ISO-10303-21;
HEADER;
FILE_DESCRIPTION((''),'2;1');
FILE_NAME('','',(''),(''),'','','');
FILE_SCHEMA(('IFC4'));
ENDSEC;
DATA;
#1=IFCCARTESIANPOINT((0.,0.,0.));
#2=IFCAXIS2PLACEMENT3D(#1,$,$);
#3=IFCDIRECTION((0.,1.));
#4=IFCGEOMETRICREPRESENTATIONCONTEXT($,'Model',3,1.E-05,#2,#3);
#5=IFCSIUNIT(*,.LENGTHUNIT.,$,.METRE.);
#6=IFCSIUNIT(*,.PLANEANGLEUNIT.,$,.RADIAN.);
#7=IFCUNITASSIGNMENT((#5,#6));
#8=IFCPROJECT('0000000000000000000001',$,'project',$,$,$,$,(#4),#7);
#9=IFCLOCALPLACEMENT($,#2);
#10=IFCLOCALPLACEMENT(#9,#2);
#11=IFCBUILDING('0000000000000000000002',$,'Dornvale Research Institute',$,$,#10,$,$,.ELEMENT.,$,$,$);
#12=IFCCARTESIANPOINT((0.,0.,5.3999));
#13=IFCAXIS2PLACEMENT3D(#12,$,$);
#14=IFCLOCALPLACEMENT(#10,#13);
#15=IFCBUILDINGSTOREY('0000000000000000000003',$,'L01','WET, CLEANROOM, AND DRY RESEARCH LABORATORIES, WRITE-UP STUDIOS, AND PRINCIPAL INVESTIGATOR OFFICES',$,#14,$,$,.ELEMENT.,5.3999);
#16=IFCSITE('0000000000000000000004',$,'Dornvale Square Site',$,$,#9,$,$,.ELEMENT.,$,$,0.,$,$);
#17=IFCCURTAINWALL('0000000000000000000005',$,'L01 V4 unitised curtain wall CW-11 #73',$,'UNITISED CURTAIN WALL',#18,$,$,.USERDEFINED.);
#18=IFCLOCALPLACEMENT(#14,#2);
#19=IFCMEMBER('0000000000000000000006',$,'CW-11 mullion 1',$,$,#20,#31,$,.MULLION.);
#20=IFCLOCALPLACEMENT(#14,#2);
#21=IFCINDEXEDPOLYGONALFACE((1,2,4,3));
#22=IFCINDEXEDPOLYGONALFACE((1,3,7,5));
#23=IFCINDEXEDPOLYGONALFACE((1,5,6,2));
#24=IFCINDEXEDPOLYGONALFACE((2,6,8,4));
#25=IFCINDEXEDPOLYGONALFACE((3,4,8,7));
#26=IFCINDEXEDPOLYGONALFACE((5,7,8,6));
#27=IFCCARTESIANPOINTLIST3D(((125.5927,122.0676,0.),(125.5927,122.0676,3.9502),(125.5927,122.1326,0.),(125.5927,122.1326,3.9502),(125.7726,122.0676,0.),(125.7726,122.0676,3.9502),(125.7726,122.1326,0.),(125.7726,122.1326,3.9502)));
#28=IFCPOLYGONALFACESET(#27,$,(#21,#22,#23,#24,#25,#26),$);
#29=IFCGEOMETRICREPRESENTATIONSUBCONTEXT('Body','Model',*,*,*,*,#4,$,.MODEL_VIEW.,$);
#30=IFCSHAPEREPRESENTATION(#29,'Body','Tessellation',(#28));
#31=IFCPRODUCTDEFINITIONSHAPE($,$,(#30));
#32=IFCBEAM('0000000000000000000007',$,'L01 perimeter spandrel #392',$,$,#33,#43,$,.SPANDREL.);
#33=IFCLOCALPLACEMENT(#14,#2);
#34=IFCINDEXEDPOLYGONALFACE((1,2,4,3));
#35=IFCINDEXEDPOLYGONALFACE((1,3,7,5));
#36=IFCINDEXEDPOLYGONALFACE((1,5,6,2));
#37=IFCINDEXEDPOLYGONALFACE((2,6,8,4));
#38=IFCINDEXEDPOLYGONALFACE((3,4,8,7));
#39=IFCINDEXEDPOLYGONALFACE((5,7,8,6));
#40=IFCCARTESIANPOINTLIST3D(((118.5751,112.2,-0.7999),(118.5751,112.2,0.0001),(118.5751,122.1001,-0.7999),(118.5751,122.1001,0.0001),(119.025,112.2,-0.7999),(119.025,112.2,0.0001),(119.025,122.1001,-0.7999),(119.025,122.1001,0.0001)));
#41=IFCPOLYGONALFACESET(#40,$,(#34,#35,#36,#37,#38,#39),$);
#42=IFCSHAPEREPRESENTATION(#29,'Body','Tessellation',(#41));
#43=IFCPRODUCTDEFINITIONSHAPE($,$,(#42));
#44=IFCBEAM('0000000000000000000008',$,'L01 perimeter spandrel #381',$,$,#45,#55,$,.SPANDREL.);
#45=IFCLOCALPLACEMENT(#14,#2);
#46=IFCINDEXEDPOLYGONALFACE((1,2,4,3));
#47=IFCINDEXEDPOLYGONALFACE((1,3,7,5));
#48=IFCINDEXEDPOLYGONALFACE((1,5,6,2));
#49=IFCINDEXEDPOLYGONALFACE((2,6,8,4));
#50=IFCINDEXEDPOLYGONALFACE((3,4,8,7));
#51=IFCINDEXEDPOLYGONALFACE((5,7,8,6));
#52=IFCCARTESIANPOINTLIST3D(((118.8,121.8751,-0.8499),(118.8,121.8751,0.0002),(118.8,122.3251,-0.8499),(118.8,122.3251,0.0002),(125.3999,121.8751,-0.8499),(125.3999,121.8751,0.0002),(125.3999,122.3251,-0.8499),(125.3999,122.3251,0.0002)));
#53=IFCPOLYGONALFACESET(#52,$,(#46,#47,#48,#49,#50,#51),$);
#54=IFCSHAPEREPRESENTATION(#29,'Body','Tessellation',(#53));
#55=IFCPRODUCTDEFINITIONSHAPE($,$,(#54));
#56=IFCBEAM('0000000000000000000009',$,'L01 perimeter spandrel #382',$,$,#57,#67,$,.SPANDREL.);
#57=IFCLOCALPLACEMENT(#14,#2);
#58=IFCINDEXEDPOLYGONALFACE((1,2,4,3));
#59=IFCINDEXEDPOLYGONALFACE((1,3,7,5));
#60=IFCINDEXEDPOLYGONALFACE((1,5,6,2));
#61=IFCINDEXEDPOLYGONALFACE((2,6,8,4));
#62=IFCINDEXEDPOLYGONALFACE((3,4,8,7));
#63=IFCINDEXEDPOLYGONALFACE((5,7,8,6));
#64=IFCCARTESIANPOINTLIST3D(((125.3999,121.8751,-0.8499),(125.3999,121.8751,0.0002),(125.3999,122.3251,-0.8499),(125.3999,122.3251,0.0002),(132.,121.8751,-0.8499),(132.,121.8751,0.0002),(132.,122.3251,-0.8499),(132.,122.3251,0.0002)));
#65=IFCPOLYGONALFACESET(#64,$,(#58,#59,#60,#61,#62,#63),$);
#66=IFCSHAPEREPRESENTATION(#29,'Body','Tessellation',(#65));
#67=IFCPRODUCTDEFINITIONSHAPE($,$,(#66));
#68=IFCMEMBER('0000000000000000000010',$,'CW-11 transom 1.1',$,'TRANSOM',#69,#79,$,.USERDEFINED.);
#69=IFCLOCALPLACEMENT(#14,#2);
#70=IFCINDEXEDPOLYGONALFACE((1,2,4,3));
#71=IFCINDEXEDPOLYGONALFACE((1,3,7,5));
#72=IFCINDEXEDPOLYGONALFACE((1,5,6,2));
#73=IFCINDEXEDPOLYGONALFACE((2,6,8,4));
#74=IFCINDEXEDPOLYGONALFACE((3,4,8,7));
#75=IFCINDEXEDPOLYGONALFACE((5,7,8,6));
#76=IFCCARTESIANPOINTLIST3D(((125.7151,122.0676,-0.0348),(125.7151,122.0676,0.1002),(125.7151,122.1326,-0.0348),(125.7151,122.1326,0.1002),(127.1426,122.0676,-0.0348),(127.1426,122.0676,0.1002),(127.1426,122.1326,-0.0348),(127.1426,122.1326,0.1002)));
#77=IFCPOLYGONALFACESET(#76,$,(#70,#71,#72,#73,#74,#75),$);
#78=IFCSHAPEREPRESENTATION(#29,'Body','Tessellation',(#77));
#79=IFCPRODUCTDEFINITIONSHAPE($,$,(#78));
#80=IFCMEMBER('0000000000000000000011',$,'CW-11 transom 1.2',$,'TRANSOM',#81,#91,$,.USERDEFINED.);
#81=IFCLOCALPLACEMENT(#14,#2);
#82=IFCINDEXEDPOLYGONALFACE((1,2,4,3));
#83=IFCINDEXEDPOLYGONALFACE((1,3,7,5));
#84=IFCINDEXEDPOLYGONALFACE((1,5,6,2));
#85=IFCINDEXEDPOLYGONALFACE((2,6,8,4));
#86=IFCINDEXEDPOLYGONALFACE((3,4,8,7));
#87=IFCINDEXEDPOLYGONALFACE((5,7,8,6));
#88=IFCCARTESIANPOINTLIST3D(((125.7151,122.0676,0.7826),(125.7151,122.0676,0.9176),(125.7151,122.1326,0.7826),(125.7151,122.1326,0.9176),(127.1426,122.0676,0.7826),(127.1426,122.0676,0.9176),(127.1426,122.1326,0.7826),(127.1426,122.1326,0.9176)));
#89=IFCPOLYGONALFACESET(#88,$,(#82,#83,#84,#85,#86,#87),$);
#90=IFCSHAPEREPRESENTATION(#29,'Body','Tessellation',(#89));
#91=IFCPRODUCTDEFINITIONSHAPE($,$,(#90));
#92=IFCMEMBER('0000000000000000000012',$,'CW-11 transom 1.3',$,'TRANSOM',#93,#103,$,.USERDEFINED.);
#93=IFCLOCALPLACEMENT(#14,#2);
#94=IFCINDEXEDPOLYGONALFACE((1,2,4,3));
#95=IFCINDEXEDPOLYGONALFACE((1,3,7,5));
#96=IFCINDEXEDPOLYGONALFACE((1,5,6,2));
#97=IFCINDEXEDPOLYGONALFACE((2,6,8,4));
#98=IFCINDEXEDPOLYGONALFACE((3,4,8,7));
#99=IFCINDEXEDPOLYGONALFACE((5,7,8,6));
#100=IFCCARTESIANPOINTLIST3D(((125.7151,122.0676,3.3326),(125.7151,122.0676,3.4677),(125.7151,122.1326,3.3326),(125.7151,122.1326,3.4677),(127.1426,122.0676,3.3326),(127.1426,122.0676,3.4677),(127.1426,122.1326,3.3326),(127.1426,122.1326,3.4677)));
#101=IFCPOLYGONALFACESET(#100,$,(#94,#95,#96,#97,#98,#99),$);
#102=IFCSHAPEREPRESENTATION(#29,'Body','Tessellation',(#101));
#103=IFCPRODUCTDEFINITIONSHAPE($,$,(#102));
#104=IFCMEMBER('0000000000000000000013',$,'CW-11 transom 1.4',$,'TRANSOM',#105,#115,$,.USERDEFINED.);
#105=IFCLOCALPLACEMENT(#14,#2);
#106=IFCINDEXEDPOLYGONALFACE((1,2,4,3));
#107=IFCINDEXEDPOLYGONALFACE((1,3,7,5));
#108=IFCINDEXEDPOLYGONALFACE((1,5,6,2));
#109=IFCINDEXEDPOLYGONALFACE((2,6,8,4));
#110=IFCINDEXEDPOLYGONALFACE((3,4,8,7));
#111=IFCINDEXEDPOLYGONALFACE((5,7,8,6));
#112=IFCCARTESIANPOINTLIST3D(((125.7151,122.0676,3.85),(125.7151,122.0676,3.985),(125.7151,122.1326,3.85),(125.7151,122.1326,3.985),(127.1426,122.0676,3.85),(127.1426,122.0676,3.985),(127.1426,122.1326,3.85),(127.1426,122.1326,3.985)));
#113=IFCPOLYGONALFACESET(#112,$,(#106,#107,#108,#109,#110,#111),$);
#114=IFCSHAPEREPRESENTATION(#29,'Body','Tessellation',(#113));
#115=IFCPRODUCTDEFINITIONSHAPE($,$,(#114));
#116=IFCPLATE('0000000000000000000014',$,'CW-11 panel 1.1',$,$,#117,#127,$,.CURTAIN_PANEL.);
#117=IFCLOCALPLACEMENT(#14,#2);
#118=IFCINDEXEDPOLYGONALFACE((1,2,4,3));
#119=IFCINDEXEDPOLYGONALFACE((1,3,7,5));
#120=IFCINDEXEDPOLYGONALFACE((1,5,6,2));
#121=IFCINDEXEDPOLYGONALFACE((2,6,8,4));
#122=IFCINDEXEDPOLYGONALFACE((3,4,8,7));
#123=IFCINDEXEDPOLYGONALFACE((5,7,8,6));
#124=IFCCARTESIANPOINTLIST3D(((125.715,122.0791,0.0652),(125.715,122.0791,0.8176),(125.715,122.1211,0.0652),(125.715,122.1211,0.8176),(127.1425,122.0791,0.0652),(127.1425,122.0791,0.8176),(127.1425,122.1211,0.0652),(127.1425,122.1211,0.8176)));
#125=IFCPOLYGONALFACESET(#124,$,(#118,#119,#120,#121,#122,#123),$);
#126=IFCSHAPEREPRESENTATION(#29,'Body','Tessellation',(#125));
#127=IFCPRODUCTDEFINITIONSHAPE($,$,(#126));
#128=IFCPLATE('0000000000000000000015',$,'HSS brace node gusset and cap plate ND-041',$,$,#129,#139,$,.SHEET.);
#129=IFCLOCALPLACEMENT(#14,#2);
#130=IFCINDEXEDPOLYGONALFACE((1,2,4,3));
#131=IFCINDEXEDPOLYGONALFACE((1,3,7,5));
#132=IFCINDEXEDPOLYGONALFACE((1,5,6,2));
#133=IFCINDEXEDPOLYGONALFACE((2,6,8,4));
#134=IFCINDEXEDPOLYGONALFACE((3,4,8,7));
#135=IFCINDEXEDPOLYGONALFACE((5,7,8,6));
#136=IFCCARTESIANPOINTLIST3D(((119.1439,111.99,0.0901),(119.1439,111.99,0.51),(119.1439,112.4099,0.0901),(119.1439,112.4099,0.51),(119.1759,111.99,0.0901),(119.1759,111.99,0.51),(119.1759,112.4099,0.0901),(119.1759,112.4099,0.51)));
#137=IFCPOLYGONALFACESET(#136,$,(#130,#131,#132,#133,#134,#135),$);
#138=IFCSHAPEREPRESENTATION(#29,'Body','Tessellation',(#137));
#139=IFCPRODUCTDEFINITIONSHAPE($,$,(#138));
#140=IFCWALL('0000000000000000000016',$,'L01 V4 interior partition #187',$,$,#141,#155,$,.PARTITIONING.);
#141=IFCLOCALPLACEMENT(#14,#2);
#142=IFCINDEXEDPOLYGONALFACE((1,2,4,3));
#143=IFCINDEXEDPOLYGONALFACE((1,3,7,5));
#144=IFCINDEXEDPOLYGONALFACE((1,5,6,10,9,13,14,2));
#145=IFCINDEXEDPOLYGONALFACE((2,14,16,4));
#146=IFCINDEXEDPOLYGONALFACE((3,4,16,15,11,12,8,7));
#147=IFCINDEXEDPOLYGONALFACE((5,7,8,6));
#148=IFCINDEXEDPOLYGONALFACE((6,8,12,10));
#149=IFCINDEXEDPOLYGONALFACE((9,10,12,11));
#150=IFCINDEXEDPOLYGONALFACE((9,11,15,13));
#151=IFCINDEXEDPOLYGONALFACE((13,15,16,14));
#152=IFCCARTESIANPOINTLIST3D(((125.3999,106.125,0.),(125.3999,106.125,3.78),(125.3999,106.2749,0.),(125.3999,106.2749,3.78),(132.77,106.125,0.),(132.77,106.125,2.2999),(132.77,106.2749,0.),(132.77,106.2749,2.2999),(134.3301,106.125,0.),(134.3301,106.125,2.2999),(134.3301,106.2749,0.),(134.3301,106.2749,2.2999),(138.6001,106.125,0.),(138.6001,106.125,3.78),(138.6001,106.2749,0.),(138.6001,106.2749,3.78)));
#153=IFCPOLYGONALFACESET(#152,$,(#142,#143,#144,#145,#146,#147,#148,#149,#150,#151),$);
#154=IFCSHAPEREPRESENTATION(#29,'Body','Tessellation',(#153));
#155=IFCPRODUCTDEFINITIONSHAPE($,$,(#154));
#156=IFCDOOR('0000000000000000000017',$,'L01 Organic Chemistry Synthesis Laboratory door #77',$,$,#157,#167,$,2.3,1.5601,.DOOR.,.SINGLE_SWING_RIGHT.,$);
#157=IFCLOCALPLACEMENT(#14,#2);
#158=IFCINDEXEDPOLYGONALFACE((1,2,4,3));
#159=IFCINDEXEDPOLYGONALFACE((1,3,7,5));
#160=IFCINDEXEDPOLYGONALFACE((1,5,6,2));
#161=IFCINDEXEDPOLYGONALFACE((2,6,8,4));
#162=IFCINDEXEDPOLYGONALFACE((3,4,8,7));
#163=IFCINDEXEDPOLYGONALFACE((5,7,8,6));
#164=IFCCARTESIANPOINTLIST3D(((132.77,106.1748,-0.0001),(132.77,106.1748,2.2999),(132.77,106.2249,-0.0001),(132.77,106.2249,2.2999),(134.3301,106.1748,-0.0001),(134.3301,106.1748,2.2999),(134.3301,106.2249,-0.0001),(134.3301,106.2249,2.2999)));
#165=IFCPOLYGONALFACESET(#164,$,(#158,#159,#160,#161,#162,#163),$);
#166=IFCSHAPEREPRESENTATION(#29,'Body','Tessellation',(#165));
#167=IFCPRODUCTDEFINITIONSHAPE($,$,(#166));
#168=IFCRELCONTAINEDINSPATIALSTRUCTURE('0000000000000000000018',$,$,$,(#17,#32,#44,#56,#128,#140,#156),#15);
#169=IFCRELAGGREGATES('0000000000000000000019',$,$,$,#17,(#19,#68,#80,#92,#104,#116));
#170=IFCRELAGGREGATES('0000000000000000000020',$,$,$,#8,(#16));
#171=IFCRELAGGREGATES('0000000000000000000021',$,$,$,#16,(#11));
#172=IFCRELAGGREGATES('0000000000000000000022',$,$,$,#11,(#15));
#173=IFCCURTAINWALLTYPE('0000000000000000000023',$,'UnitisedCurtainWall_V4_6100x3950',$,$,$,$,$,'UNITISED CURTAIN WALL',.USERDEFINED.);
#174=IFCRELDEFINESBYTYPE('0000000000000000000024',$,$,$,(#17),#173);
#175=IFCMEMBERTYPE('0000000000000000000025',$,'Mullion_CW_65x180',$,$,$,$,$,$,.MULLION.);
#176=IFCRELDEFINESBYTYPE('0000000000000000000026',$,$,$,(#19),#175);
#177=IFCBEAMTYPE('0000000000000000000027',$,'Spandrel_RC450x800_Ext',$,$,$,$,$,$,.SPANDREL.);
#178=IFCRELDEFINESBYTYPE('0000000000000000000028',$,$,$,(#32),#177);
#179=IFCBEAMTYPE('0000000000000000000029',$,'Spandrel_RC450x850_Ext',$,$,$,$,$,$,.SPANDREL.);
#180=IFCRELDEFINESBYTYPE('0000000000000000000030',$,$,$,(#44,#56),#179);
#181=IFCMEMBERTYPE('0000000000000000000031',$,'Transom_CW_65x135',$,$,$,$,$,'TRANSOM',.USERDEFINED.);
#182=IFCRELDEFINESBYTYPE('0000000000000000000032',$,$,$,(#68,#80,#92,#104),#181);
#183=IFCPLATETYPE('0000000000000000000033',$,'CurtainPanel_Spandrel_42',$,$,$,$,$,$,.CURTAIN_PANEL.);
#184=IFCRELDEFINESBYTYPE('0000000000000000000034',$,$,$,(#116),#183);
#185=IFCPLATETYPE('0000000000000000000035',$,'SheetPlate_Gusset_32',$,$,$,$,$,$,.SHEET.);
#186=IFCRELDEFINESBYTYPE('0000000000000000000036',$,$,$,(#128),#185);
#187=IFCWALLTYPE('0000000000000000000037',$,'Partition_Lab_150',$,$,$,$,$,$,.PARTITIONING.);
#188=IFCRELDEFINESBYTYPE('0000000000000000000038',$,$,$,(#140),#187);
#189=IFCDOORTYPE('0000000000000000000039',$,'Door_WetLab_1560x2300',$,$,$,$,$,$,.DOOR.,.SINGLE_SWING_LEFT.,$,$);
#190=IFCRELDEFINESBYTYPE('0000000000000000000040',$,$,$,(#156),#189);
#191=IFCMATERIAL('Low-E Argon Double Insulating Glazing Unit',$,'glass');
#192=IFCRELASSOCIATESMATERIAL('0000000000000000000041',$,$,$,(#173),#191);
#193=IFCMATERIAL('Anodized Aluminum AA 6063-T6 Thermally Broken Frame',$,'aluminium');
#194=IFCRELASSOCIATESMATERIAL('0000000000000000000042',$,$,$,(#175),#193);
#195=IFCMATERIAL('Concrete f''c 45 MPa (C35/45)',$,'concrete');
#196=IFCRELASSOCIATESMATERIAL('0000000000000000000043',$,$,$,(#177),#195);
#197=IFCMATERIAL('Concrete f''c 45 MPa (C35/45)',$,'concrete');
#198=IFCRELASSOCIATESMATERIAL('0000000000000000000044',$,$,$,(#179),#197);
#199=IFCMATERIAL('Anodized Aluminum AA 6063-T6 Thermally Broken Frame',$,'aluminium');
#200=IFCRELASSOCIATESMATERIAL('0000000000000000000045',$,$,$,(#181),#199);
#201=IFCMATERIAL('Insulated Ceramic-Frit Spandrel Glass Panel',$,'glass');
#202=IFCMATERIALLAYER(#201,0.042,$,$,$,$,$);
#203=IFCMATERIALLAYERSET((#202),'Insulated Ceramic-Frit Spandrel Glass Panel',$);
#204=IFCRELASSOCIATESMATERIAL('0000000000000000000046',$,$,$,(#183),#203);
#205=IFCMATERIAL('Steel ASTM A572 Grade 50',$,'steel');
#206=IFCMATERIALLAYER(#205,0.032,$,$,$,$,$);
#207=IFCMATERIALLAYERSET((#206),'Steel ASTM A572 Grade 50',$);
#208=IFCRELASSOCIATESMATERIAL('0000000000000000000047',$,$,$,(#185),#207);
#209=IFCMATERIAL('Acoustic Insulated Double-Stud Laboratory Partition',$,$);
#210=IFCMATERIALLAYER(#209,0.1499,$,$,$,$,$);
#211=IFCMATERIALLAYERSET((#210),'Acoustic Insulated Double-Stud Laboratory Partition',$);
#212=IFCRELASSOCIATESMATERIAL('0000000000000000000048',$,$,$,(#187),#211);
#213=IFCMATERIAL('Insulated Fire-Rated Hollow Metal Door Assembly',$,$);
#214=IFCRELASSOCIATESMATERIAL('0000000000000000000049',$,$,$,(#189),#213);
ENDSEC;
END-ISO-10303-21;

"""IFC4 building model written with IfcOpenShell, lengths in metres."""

from ifc_helpers import new_model, si_unit, direction, frame, frame_2d, origin, origin_2d, place, context, subcontext, project, spatial, rectangle, extrude, material, layer, layer_set, material_profile, profile_set, type_object, element, fill, aggregate, save


model = new_model("IFC4")

# Units and contexts
model_context = context("Model", 3, precision=1e-05, world=origin(), true_north=direction((0.0, 1.0)))
body_context = subcontext(model_context, "Body", "Model", "MODEL_VIEW")
ifc_project = project(units=[si_unit("LENGTHUNIT", "METRE"), si_unit("PLANEANGLEUNIT", "RADIAN")], contexts=[model_context])

# Site, building, storey
site_placement = place(None, origin())
site = spatial("IfcSite", under=ifc_project, at=site_placement, Name="Dornvale Square Site", CompositionType="ELEMENT", RefElevation=0.0)
building_placement = place(site_placement, origin())
building = spatial("IfcBuilding", under=site, at=building_placement, Name="Dornvale Research Institute", CompositionType="ELEMENT")
storey_placement = place(building_placement, frame((0.0, 0.0, 5.3999)))
storey = spatial("IfcBuildingStorey", under=building, at=storey_placement, Name="L01", Description="WET, CLEANROOM, AND DRY RESEARCH LABORATORIES, WRITE-UP STUDIOS, AND PRINCIPAL INVESTIGATOR OFFICES", CompositionType="ELEMENT", Elevation=5.3999)

# Curtain wall, member
ifc_material_1 = material(Name="Low-E Argon Double Insulating Glazing Unit", Category="glass")
curtain_wall_type = type_object("IfcCurtainWallType", Name="UnitisedCurtainWall_V4_6100x3950", ElementType="UNITISED CURTAIN WALL", PredefinedType="USERDEFINED", material=ifc_material_1)
curtain_wall_placement = place(storey_placement, origin())
curtain_wall = element("IfcCurtainWall", 1, at=curtain_wall_placement, inside=storey, type_object=curtain_wall_type, Name="L01 V4 unitised curtain wall CW-11 #73", ObjectType="UNITISED CURTAIN WALL", PredefinedType="USERDEFINED")
ifc_material_2 = material(Name="Anodized Aluminum AA 6063-T6 Thermally Broken Frame", Category="aluminium")
ifc_material_profile_1 = material_profile(ifc_material_2, rectangle(XDim=0.0649, YDim=0.1799, at=origin_2d()), Name="ALU MULLION 65x180")
ifc_profile_set_1 = profile_set([ifc_material_profile_1], Name="Anodized Aluminum AA 6063-T6 Thermally Broken Frame")
member_type_1 = type_object("IfcMemberType", Name="Mullion_CW_65x180", PredefinedType="MULLION", material=ifc_profile_set_1)
member_1_placement = place(storey_placement, frame((125.6826, 122.1001, 0.0), z_axis=(0.0, 0.0, 1.0), x_axis=(0.0, 1.0, 0.0)))
member_1 = element("IfcMember", 2, at=member_1_placement, type_object=member_type_1, Name="CW-11 mullion 1", PredefinedType="MULLION", context=body_context, shape_type="SweptSolid", body=[
    extrude(rectangle(XDim=0.0649, YDim=0.1799, at=origin_2d()), origin(), (0.0, 0.0, 1.0), 3.9502),
])

# Beams
ifc_material_3 = material(Name="Concrete f'c 45 MPa (C35/45)", Category="concrete")
ifc_material_profile_2 = material_profile(ifc_material_3, rectangle(XDim=0.45, YDim=0.8, at=origin_2d()), Name="RC 450x800")
ifc_profile_set_2 = profile_set([ifc_material_profile_2], Name="Concrete f'c 45 MPa (C35/45)")
beam_type_1 = type_object("IfcBeamType", Name="Spandrel_RC450x800_Ext", PredefinedType="SPANDREL", material=ifc_profile_set_2)
beam_1_placement = place(storey_placement, frame((118.8, 112.2, -0.3999), z_axis=(0.0, 1.0, 0.0), x_axis=(-1.0, 0.0, 0.0)))
element("IfcBeam", 3, at=beam_1_placement, inside=storey, type_object=beam_type_1, Name="L01 perimeter spandrel #392", PredefinedType="SPANDREL", context=body_context, shape_type="SweptSolid", body=[
    extrude(rectangle(XDim=0.45, YDim=0.8, at=origin_2d()), origin(), (0.0, 0.0, 1.0), 9.9001),
])
ifc_material_4 = material(Name="Concrete f'c 45 MPa (C35/45)", Category="concrete")
ifc_material_profile_3 = material_profile(ifc_material_4, rectangle(XDim=0.45, YDim=0.8501, at=origin_2d()), Name="RC 450x850")
ifc_profile_set_3 = profile_set([ifc_material_profile_3], Name="Concrete f'c 45 MPa (C35/45)")
beam_type_2 = type_object("IfcBeamType", Name="Spandrel_RC450x850_Ext", PredefinedType="SPANDREL", material=ifc_profile_set_3)
beam_2_placement = place(storey_placement, frame((118.8, 122.1001, -0.4248), z_axis=(1.0, 0.0, 0.0), x_axis=(0.0, 1.0, 0.0)))
element("IfcBeam", 4, at=beam_2_placement, inside=storey, type_object=beam_type_2, Name="L01 perimeter spandrel #381", PredefinedType="SPANDREL", context=body_context, shape_type="SweptSolid", body=[
    extrude(rectangle(XDim=0.45, YDim=0.8501, at=origin_2d()), origin(), (0.0, 0.0, 1.0), 6.5999),
])
beam_3_placement = place(storey_placement, frame((125.3999, 122.1001, -0.4248), z_axis=(1.0, 0.0, 0.0), x_axis=(0.0, 1.0, 0.0)))
element("IfcBeam", 5, at=beam_3_placement, inside=storey, type_object=beam_type_2, Name="L01 perimeter spandrel #382", PredefinedType="SPANDREL", context=body_context, shape_type="SweptSolid", body=[
    extrude(rectangle(XDim=0.45, YDim=0.8501, at=origin_2d()), origin(), (0.0, 0.0, 1.0), 6.6001),
])

# Members
ifc_material_5 = material(Name="Anodized Aluminum AA 6063-T6 Thermally Broken Frame", Category="aluminium")
ifc_material_profile_4 = material_profile(ifc_material_5, rectangle(XDim=0.0649, YDim=0.135, at=origin_2d()), Name="ALU TRANSOM 65x135")
ifc_profile_set_4 = profile_set([ifc_material_profile_4], Name="Anodized Aluminum AA 6063-T6 Thermally Broken Frame")
member_type_2 = type_object("IfcMemberType", Name="Transom_CW_65x135", ElementType="TRANSOM", PredefinedType="USERDEFINED", material=ifc_profile_set_4)
member_2_placement = place(storey_placement, frame((125.7151, 122.1001, 0.0327), z_axis=(1.0, 0.0, 0.0), x_axis=(0.0, 1.0, 0.0)))
member_2 = element("IfcMember", 6, at=member_2_placement, type_object=member_type_2, Name="CW-11 transom 1.1", ObjectType="TRANSOM", PredefinedType="USERDEFINED", context=body_context, shape_type="SweptSolid", body=[
    extrude(rectangle(XDim=0.0649, YDim=0.135, at=origin_2d()), origin(), (0.0, 0.0, 1.0), 1.4275),
])
member_3_placement = place(storey_placement, frame((125.7151, 122.1001, 0.8501), z_axis=(1.0, 0.0, 0.0), x_axis=(0.0, 1.0, 0.0)))
member_3 = element("IfcMember", 7, at=member_3_placement, type_object=member_type_2, Name="CW-11 transom 1.2", ObjectType="TRANSOM", PredefinedType="USERDEFINED", context=body_context, shape_type="SweptSolid", body=[
    extrude(rectangle(XDim=0.0649, YDim=0.135, at=origin_2d()), origin(), (0.0, 0.0, 1.0), 1.4275),
])
member_4_placement = place(storey_placement, frame((125.7151, 122.1001, 3.4001), z_axis=(1.0, 0.0, 0.0), x_axis=(0.0, 1.0, 0.0)))
member_4 = element("IfcMember", 8, at=member_4_placement, type_object=member_type_2, Name="CW-11 transom 1.3", ObjectType="TRANSOM", PredefinedType="USERDEFINED", context=body_context, shape_type="SweptSolid", body=[
    extrude(rectangle(XDim=0.0649, YDim=0.135, at=origin_2d()), origin(), (0.0, 0.0, 1.0), 1.4275),
])
member_5_placement = place(storey_placement, frame((125.7151, 122.1001, 3.9175), z_axis=(1.0, 0.0, 0.0), x_axis=(0.0, 1.0, 0.0)))
member_5 = element("IfcMember", 9, at=member_5_placement, type_object=member_type_2, Name="CW-11 transom 1.4", ObjectType="TRANSOM", PredefinedType="USERDEFINED", context=body_context, shape_type="SweptSolid", body=[
    extrude(rectangle(XDim=0.0649, YDim=0.135, at=origin_2d()), origin(), (0.0, 0.0, 1.0), 1.4275),
])

# Plates
ifc_material_6 = material(Name="Insulated Ceramic-Frit Spandrel Glass Panel", Category="glass")
ifc_layer_1 = layer(ifc_material_6, 0.042)
ifc_layer_set_1 = layer_set([ifc_layer_1], Name="Insulated Ceramic-Frit Spandrel Glass Panel")
plate_type_1 = type_object("IfcPlateType", Name="CurtainPanel_Spandrel_42", PredefinedType="CURTAIN_PANEL", material=ifc_layer_set_1)
plate_1_placement = place(storey_placement, frame((126.4287, 122.1001, 0.0652), z_axis=(0.0, 0.0, 1.0), x_axis=(1.0, 0.0, 0.0)))
plate_1 = element("IfcPlate", 10, at=plate_1_placement, type_object=plate_type_1, Name="CW-11 panel 1.1", PredefinedType="CURTAIN_PANEL", context=body_context, shape_type="SweptSolid", body=[
    extrude(rectangle(XDim=1.4275, YDim=0.042, at=origin_2d()), origin(), (0.0, 0.0, 1.0), 0.7524),
])
aggregate(curtain_wall, [member_1, member_2, member_3, member_4, member_5, plate_1])
ifc_material_7 = material(Name="Steel ASTM A572 Grade 50", Category="steel")
ifc_layer_2 = layer(ifc_material_7, 0.032)
ifc_layer_set_2 = layer_set([ifc_layer_2], Name="Steel ASTM A572 Grade 50")
plate_type_2 = type_object("IfcPlateType", Name="SheetPlate_Gusset_32", PredefinedType="SHEET", material=ifc_layer_set_2)
plate_2_placement = place(storey_placement, frame((119.1599, 112.2, 0.0901), z_axis=(0.0, 0.0, 1.0), x_axis=(0.0, 1.0, 0.0)))
element("IfcPlate", 11, at=plate_2_placement, inside=storey, type_object=plate_type_2, Name="HSS brace node gusset and cap plate ND-041", PredefinedType="SHEET", context=body_context, shape_type="SweptSolid", body=[
    extrude(rectangle(XDim=0.4199, YDim=0.032, at=origin_2d()), origin(), (0.0, 0.0, 1.0), 0.4199),
])

# Wall, opening, door
ifc_material_8 = material(Name="Acoustic Insulated Double-Stud Laboratory Partition")
ifc_layer_3 = layer(ifc_material_8, 0.1499)
ifc_layer_set_3 = layer_set([ifc_layer_3], Name="Acoustic Insulated Double-Stud Laboratory Partition")
wall_type_1 = type_object("IfcWallType", Name="Partition_Lab_150", PredefinedType="PARTITIONING", material=ifc_layer_set_3)
wall_1_placement = place(storey_placement, frame((125.3999, 106.2, 0.0), z_axis=(0.0, 0.0, 1.0), x_axis=(1.0, 0.0, 0.0)))
wall_1 = element("IfcWall", 12, at=wall_1_placement, inside=storey, type_object=wall_type_1, Name="L01 V4 interior partition #187", PredefinedType="PARTITIONING", context=body_context, shape_type="SweptSolid", body=[
    extrude(rectangle(XDim=13.2002, YDim=0.1499, at=frame_2d((6.6001, 0.0))), origin(), (0.0, 0.0, 1.0), 3.78),
])
opening_1_placement = place(wall_1_placement, frame((7.3701, 0.0, 0.0)))
opening_1 = element("IfcOpeningElement", 13, at=opening_1_placement, cuts=wall_1, PredefinedType="OPENING", context=body_context, shape_type="SweptSolid", body=[
    extrude(rectangle(XDim=1.5601, YDim=2.3, at=frame_2d((0.78, 1.1499))), frame((0.0, 0.0898, 0.0), z_axis=(0.0, -1.0, 0.0), x_axis=(1.0, 0.0, 0.0)), (0.0, 0.0, 1.0), 0.1799),
])
ifc_material_9 = material(Name="Insulated Fire-Rated Hollow Metal Door Assembly")
door_type_1 = type_object("IfcDoorType", Name="Door_WetLab_1560x2300", OperationType="SINGLE_SWING_LEFT", PredefinedType="DOOR", material=ifc_material_9)
door_1_placement = place(opening_1_placement, origin())
door_1 = element("IfcDoor", 14, at=door_1_placement, inside=storey, type_object=door_type_1, Name="L01 Organic Chemistry Synthesis Laboratory door #77", OperationType="SINGLE_SWING_RIGHT", OverallHeight=2.3, OverallWidth=1.5601, PredefinedType="DOOR", context=body_context, shape_type="SweptSolid", body=[
    extrude(rectangle(XDim=1.5601, YDim=2.3, at=frame_2d((0.78, 1.1499))), frame((0.0, 0.0249, 0.0), z_axis=(0.0, -1.0, 0.0), x_axis=(1.0, 0.0, 0.0)), (0.0, 0.0, 1.0), 0.05),
])
fill(opening_1, door_1)

save(model, "model.ifc")
